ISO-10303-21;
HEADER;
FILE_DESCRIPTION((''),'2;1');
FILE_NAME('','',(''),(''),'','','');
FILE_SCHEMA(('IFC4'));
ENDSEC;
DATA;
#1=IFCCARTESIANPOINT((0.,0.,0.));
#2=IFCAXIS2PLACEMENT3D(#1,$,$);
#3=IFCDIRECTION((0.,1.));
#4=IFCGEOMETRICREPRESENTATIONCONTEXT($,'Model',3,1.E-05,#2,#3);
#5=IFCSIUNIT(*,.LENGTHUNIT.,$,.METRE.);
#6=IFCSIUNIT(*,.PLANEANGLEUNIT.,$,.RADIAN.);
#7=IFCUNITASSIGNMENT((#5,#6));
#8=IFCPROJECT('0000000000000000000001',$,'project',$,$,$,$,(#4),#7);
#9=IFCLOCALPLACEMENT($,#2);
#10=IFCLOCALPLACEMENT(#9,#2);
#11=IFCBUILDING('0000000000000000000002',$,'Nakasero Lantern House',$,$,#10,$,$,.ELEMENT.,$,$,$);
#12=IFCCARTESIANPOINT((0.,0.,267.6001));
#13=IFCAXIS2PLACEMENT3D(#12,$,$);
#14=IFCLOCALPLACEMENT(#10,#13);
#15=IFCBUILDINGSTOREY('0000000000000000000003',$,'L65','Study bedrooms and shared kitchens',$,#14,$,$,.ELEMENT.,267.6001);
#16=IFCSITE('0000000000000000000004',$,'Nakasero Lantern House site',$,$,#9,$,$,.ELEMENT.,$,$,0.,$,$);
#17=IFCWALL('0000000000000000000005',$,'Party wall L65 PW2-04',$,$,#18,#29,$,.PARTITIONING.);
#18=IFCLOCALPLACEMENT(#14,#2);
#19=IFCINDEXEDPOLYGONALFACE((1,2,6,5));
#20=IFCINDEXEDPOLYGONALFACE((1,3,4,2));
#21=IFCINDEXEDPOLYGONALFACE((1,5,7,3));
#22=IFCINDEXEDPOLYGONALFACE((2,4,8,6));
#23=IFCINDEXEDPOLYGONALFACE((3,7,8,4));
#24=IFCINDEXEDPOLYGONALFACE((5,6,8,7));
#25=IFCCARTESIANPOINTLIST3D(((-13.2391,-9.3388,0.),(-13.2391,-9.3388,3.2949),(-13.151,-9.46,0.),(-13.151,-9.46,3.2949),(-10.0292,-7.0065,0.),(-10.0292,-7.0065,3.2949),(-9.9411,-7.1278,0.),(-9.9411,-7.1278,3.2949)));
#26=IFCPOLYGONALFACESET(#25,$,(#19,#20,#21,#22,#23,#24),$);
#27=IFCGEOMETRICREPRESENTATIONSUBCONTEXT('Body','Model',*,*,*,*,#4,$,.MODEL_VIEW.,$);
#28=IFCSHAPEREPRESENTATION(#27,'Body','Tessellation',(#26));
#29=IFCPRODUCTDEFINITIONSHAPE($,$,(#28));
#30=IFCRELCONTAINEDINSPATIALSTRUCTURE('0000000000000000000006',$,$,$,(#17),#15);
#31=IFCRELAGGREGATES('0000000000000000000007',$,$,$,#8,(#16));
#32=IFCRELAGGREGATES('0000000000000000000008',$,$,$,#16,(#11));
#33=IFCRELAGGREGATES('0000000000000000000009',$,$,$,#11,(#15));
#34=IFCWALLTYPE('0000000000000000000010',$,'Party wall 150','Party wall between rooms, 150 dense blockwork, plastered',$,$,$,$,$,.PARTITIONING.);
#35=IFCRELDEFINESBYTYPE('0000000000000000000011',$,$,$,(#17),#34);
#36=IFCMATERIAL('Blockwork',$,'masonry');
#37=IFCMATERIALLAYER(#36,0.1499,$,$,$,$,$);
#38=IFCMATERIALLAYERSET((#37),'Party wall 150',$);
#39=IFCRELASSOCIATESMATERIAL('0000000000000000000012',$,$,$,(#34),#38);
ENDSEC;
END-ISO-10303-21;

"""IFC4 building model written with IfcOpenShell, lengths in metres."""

from ifc_helpers import new_model, si_unit, direction, frame, frame_2d, origin, place, context, subcontext, project, spatial, rectangle, extrude, material, layer, layer_set, type_object, element, save


model = new_model("IFC4")

# Units and contexts
model_context = context("Model", 3, precision=1e-05, world=origin(), true_north=direction((0.0, 1.0)))
body_context = subcontext(model_context, "Body", "Model", "MODEL_VIEW")
ifc_project = project(units=[si_unit("LENGTHUNIT", "METRE"), si_unit("PLANEANGLEUNIT", "RADIAN")], contexts=[model_context])

# Site, building, storey
site_placement = place(None, origin())
site = spatial("IfcSite", under=ifc_project, at=site_placement, Name="Nakasero Lantern House site", CompositionType="ELEMENT", RefElevation=0.0)
building_placement = place(site_placement, origin())
building = spatial("IfcBuilding", under=site, at=building_placement, Name="Nakasero Lantern House", CompositionType="ELEMENT")
storey_placement = place(building_placement, frame((0.0, 0.0, 267.6001)))
storey = spatial("IfcBuildingStorey", under=building, at=storey_placement, Name="L65", Description="Study bedrooms and shared kitchens", CompositionType="ELEMENT", Elevation=267.6001)

# Wall
ifc_material_1 = material(Name="Blockwork", Category="masonry")
ifc_layer_1 = layer(ifc_material_1, 0.1499)
ifc_layer_set_1 = layer_set([ifc_layer_1], Name="Party wall 150")
wall_type_1 = type_object("IfcWallType", Name="Party wall 150", Description="Party wall between rooms, 150 dense blockwork, plastered", PredefinedType="PARTITIONING", material=ifc_layer_set_1)
wall_1_placement = place(storey_placement, frame((-9.9851, -7.0671, 0.0), z_axis=(0.0, 0.0, 1.0), x_axis=(-0.809005, -0.587802, 0.0)))
element("IfcWall", 1, at=wall_1_placement, inside=storey, type_object=wall_type_1, Name="Party wall L65 PW2-04", PredefinedType="PARTITIONING", context=body_context, shape_type="SweptSolid", body=[
    extrude(rectangle(XDim=3.9678, YDim=0.1499, at=frame_2d((1.9839, 0.0))), origin(), (0.0, 0.0, 1.0), 3.2949),
])

save(model, "model.ifc")
